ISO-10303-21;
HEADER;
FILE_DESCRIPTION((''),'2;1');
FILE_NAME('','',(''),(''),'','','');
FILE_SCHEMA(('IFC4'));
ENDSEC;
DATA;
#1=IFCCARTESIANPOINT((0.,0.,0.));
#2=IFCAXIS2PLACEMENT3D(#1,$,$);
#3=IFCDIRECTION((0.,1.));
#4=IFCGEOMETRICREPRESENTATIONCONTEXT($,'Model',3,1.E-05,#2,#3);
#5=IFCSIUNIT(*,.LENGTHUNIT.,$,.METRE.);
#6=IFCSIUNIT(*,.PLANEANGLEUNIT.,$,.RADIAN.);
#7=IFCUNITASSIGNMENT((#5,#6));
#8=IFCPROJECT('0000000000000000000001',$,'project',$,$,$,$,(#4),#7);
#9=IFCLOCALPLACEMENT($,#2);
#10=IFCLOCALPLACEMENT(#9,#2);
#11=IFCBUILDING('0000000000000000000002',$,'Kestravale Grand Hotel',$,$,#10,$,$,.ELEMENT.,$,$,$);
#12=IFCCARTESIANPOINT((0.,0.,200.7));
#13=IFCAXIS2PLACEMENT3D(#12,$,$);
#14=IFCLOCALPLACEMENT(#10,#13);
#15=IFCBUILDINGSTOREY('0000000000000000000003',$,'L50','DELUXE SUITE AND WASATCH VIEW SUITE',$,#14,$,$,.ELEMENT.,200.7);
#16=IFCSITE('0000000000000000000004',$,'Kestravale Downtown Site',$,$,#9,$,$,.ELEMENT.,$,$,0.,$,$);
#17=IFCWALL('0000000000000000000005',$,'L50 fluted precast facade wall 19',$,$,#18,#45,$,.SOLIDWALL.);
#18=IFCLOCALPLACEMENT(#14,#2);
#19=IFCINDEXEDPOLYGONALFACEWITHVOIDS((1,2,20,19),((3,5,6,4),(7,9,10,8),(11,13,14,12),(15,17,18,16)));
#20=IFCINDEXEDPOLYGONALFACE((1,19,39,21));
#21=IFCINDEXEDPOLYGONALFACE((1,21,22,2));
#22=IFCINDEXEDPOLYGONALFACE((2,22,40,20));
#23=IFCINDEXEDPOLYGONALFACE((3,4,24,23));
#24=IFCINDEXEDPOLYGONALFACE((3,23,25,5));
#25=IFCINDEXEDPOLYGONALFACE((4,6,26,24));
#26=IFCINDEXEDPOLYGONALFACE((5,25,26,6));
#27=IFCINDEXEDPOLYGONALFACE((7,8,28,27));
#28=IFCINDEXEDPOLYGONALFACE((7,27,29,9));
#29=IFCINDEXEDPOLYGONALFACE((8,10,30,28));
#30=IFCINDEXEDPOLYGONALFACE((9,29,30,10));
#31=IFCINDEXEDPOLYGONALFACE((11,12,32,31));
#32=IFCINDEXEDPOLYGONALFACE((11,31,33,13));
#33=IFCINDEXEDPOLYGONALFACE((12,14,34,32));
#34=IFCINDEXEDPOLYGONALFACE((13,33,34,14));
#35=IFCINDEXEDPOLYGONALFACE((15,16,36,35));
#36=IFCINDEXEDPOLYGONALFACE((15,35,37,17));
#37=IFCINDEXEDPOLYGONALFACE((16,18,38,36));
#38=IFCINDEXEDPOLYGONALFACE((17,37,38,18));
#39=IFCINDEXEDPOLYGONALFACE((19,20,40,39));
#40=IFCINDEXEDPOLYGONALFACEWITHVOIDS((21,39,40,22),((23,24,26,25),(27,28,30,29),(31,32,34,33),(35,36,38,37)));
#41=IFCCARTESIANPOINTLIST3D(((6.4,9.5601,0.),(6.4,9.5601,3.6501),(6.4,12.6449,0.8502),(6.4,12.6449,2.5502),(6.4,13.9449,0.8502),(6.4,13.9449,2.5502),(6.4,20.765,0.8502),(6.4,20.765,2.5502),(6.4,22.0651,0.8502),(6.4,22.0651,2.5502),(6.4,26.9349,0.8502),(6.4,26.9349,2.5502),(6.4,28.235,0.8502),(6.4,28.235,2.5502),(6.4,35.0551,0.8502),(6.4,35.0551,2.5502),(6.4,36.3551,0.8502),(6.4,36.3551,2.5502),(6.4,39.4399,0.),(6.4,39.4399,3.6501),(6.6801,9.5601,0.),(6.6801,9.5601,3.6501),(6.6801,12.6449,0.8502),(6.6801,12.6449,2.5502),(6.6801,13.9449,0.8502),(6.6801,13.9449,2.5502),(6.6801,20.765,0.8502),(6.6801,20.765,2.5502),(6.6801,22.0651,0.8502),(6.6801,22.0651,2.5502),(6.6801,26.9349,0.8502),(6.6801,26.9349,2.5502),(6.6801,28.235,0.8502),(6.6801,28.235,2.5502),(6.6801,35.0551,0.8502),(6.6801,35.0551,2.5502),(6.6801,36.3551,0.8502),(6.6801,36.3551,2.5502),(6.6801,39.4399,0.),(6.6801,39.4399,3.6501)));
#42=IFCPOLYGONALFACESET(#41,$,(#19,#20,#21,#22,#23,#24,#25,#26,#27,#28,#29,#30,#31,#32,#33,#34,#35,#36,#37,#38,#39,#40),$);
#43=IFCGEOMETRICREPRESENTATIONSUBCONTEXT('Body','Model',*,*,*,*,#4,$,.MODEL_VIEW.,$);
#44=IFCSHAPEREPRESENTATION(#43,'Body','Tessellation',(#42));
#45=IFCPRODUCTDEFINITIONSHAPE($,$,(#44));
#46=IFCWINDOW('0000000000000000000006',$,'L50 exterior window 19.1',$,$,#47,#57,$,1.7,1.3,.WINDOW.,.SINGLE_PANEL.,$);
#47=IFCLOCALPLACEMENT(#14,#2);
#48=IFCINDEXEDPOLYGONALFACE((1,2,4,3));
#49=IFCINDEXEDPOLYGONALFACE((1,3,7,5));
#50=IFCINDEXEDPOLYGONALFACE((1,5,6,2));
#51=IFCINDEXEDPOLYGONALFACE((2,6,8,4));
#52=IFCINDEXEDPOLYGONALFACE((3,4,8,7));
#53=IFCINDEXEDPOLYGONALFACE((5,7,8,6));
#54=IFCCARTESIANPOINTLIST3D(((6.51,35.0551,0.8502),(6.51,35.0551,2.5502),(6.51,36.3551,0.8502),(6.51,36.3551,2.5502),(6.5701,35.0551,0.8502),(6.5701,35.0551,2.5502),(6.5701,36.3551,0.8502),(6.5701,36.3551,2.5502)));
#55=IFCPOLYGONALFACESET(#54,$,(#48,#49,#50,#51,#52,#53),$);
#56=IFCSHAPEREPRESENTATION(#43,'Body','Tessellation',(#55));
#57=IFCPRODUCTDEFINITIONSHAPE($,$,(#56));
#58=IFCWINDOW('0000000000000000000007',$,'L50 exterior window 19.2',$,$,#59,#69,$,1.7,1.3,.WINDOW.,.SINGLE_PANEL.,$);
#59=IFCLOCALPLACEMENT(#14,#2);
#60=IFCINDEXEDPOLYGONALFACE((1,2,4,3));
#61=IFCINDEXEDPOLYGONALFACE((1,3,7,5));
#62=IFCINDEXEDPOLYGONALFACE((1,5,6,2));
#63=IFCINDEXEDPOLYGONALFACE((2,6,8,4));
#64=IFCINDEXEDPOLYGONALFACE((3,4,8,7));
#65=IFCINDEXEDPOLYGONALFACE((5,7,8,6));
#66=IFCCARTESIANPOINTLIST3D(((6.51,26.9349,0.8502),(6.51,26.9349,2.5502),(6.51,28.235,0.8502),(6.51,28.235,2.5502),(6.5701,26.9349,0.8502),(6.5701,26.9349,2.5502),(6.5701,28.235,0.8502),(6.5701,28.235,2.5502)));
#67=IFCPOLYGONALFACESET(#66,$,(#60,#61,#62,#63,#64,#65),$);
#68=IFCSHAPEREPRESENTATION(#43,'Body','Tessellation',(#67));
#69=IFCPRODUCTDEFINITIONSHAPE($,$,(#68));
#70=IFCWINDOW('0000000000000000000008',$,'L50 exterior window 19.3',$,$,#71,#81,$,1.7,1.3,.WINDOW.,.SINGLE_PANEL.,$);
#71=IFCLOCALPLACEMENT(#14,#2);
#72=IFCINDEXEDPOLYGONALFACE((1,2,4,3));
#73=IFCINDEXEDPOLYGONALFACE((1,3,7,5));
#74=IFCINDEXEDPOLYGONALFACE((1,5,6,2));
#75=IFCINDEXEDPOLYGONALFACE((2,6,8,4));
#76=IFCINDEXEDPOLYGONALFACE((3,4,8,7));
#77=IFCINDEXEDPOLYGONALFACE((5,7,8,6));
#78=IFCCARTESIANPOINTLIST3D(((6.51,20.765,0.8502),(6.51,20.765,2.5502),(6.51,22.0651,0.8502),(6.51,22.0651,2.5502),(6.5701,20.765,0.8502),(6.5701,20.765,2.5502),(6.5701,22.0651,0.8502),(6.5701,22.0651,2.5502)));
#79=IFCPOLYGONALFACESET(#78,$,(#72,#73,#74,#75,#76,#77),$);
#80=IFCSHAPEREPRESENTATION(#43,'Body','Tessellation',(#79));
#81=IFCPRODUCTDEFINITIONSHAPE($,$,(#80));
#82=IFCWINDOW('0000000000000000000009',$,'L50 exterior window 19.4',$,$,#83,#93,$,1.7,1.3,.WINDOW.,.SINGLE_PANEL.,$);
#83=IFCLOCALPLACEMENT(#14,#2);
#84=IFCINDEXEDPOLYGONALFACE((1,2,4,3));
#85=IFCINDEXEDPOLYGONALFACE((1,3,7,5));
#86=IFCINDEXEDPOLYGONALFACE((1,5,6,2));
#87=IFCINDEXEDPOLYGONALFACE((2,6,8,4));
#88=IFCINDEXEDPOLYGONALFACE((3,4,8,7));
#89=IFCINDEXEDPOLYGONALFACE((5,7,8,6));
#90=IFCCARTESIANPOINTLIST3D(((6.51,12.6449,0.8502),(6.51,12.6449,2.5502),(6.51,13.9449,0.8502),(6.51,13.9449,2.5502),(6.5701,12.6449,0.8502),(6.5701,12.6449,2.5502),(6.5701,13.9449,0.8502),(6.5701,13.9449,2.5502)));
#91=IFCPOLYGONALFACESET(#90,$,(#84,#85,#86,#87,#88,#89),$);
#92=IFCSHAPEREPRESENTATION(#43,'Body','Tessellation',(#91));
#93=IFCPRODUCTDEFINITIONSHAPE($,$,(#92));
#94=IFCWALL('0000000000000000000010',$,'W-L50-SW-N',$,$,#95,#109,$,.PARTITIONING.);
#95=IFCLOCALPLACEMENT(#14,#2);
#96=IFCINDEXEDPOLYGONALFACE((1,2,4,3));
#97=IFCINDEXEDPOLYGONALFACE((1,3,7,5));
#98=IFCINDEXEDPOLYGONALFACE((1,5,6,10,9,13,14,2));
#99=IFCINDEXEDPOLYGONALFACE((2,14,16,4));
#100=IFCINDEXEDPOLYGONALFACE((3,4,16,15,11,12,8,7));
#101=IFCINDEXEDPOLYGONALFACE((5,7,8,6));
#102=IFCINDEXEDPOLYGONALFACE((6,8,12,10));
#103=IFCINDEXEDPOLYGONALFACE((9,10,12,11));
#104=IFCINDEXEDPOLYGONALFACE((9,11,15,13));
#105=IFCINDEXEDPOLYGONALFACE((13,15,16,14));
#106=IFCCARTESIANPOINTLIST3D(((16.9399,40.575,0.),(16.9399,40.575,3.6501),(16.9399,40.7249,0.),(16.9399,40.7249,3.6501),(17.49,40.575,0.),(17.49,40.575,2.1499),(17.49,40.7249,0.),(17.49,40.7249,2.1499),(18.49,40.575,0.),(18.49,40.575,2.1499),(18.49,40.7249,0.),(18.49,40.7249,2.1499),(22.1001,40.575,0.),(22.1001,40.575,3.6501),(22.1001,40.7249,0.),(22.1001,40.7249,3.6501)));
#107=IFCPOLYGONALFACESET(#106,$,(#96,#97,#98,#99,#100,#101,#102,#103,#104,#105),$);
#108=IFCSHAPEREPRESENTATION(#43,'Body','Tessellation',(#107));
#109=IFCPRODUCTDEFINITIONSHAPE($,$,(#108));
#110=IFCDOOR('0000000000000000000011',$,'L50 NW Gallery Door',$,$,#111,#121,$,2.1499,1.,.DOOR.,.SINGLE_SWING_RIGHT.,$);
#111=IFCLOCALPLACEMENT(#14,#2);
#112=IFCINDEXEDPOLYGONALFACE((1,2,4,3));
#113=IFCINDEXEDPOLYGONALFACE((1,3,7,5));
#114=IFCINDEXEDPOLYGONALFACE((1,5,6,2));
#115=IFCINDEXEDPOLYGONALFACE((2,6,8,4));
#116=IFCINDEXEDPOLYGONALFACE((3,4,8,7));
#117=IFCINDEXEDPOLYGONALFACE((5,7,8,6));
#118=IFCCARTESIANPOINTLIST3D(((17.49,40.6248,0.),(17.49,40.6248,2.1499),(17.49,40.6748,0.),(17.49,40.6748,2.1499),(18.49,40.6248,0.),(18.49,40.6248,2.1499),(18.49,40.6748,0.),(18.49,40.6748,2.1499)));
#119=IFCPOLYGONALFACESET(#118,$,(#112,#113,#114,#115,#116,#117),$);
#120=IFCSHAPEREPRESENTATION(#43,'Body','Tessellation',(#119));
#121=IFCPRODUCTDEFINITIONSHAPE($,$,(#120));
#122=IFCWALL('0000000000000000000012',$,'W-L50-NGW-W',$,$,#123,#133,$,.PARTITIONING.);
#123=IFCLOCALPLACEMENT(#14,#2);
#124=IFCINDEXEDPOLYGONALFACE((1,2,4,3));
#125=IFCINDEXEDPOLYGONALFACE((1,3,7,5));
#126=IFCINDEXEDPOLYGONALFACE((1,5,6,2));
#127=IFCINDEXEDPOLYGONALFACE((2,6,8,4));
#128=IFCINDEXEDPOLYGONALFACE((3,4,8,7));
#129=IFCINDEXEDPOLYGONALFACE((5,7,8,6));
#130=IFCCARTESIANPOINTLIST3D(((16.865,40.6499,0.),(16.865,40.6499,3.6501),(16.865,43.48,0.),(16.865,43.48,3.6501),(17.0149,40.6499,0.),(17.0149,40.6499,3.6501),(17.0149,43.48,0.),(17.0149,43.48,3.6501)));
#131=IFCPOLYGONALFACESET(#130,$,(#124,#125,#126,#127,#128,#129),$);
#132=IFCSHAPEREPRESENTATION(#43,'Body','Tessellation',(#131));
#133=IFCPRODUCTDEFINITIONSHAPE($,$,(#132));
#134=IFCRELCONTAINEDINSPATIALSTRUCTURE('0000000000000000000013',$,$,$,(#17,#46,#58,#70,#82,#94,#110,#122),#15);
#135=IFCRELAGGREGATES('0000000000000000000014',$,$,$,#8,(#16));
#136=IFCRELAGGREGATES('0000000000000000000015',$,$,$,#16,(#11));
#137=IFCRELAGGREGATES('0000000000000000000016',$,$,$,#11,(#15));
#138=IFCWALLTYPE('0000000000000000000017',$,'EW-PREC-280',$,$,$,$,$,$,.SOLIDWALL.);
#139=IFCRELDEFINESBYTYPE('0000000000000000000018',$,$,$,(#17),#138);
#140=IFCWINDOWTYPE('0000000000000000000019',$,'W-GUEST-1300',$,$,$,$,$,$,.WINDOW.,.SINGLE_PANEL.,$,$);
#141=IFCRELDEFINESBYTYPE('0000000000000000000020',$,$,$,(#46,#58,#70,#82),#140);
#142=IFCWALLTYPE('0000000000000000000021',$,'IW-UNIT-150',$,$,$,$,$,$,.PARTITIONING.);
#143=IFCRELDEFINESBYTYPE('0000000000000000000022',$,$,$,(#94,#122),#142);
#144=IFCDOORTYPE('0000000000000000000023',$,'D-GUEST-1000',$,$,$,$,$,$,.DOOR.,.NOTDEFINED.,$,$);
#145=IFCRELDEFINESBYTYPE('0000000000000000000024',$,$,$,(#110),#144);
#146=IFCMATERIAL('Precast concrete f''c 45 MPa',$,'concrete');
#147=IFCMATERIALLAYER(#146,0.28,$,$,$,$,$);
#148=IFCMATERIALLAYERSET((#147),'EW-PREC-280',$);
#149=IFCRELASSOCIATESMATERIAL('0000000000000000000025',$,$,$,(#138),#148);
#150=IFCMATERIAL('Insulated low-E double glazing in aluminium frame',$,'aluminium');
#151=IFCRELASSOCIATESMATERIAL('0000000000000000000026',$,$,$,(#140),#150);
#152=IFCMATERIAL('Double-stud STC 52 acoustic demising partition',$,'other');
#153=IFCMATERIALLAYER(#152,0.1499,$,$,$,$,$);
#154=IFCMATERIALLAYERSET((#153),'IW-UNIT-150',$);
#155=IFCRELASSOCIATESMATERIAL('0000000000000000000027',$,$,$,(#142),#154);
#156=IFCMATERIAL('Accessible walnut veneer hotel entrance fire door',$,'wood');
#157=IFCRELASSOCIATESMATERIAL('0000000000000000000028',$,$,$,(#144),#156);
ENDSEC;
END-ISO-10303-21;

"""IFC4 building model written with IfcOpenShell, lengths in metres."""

from ifc_helpers import new_model, si_unit, direction, frame, frame_2d, origin, place, context, subcontext, project, spatial, rectangle, extrude, material, layer, layer_set, type_object, element, fill, save


model = new_model("IFC4")

# Units and contexts
model_context = context("Model", 3, precision=1e-05, world=origin(), true_north=direction((0.0, 1.0)))
body_context = subcontext(model_context, "Body", "Model", "MODEL_VIEW")
ifc_project = project(units=[si_unit("LENGTHUNIT", "METRE"), si_unit("PLANEANGLEUNIT", "RADIAN")], contexts=[model_context])

# Site, building, storey
site_placement = place(None, origin())
site = spatial("IfcSite", under=ifc_project, at=site_placement, Name="Kestravale Downtown Site", CompositionType="ELEMENT", RefElevation=0.0)
building_placement = place(site_placement, origin())
building = spatial("IfcBuilding", under=site, at=building_placement, Name="Kestravale Grand Hotel", CompositionType="ELEMENT")
storey_placement = place(building_placement, frame((0.0, 0.0, 200.7)))
storey = spatial("IfcBuildingStorey", under=building, at=storey_placement, Name="L50", Description="DELUXE SUITE AND WASATCH VIEW SUITE", CompositionType="ELEMENT", Elevation=200.7)

# Wall, openings, windows
ifc_material_1 = material(Name="Precast concrete f'c 45 MPa", Category="concrete")
ifc_layer_1 = layer(ifc_material_1, 0.28)
ifc_layer_set_1 = layer_set([ifc_layer_1], Name="EW-PREC-280")
wall_type_1 = type_object("IfcWallType", Name="EW-PREC-280", PredefinedType="SOLIDWALL", material=ifc_layer_set_1)
wall_1_placement = place(storey_placement, frame((6.54, 39.4399, 0.0), z_axis=(0.0, 0.0, 1.0), x_axis=(0.0, -1.0, 0.0)))
wall_1 = element("IfcWall", 1, at=wall_1_placement, inside=storey, type_object=wall_type_1, Name="L50 fluted precast facade wall 19", PredefinedType="SOLIDWALL", context=body_context, shape_type="SweptSolid", body=[
    extrude(rectangle(XDim=29.8799, YDim=0.28, at=frame_2d((14.9399, 0.0))), origin(), (0.0, 0.0, 1.0), 3.6501),
])
opening_1_placement = place(wall_1_placement, frame((3.085, 0.0, 0.8501)))
opening_1 = element("IfcOpeningElement", 2, at=opening_1_placement, cuts=wall_1, PredefinedType="OPENING", context=body_context, shape_type="SweptSolid", body=[
    extrude(rectangle(XDim=1.3, YDim=1.7, at=frame_2d((0.6499, 0.8501))), frame((0.0, 0.1499, 0.0), z_axis=(0.0, -1.0, 0.0), x_axis=(1.0, 0.0, 0.0)), (0.0, 0.0, 1.0), 0.3),
])
opening_2_placement = place(wall_1_placement, frame((11.2051, 0.0, 0.8501)))
opening_2 = element("IfcOpeningElement", 3, at=opening_2_placement, cuts=wall_1, PredefinedType="OPENING", context=body_context, shape_type="SweptSolid", body=[
    extrude(rectangle(XDim=1.3, YDim=1.7, at=frame_2d((0.6499, 0.8501))), frame((0.0, 0.1499, 0.0), z_axis=(0.0, -1.0, 0.0), x_axis=(1.0, 0.0, 0.0)), (0.0, 0.0, 1.0), 0.3),
])
opening_3_placement = place(wall_1_placement, frame((17.375, 0.0, 0.8501)))
opening_3 = element("IfcOpeningElement", 4, at=opening_3_placement, cuts=wall_1, PredefinedType="OPENING", context=body_context, shape_type="SweptSolid", body=[
    extrude(rectangle(XDim=1.3, YDim=1.7, at=frame_2d((0.6499, 0.8501))), frame((0.0, 0.1499, 0.0), z_axis=(0.0, -1.0, 0.0), x_axis=(1.0, 0.0, 0.0)), (0.0, 0.0, 1.0), 0.3),
])
opening_4_placement = place(wall_1_placement, frame((25.4951, 0.0, 0.8501)))
opening_4 = element("IfcOpeningElement", 5, at=opening_4_placement, cuts=wall_1, PredefinedType="OPENING", context=body_context, shape_type="SweptSolid", body=[
    extrude(rectangle(XDim=1.3, YDim=1.7, at=frame_2d((0.6499, 0.8501))), frame((0.0, 0.1499, 0.0), z_axis=(0.0, -1.0, 0.0), x_axis=(1.0, 0.0, 0.0)), (0.0, 0.0, 1.0), 0.3),
])
ifc_material_2 = material(Name="Insulated low-E double glazing in aluminium frame", Category="aluminium")
window_type = type_object("IfcWindowType", Name="W-GUEST-1300", PartitioningType="SINGLE_PANEL", PredefinedType="WINDOW", material=ifc_material_2)
window_1_placement = place(opening_1_placement, origin())
window_1 = element("IfcWindow", 6, at=window_1_placement, inside=storey, type_object=window_type, Name="L50 exterior window 19.1", OverallHeight=1.7, OverallWidth=1.3, PartitioningType="SINGLE_PANEL", PredefinedType="WINDOW", context=body_context, shape_type="SweptSolid", body=[
    extrude(rectangle(XDim=1.3, YDim=1.7, at=frame_2d((0.6499, 0.8501))), frame((0.0, 0.03, 0.0), z_axis=(0.0, -1.0, 0.0), x_axis=(1.0, 0.0, 0.0)), (0.0, 0.0, 1.0), 0.0601),
])
fill(opening_1, window_1)
window_2_placement = place(opening_2_placement, origin())
window_2 = element("IfcWindow", 7, at=window_2_placement, inside=storey, type_object=window_type, Name="L50 exterior window 19.2", OverallHeight=1.7, OverallWidth=1.3, PartitioningType="SINGLE_PANEL", PredefinedType="WINDOW", context=body_context, shape_type="SweptSolid", body=[
    extrude(rectangle(XDim=1.3, YDim=1.7, at=frame_2d((0.6499, 0.8501))), frame((0.0, 0.03, 0.0), z_axis=(0.0, -1.0, 0.0), x_axis=(1.0, 0.0, 0.0)), (0.0, 0.0, 1.0), 0.0601),
])
fill(opening_2, window_2)
window_3_placement = place(opening_3_placement, origin())
window_3 = element("IfcWindow", 8, at=window_3_placement, inside=storey, type_object=window_type, Name="L50 exterior window 19.3", OverallHeight=1.7, OverallWidth=1.3, PartitioningType="SINGLE_PANEL", PredefinedType="WINDOW", context=body_context, shape_type="SweptSolid", body=[
    extrude(rectangle(XDim=1.3, YDim=1.7, at=frame_2d((0.6499, 0.8501))), frame((0.0, 0.03, 0.0), z_axis=(0.0, -1.0, 0.0), x_axis=(1.0, 0.0, 0.0)), (0.0, 0.0, 1.0), 0.0601),
])
fill(opening_3, window_3)
window_4_placement = place(opening_4_placement, origin())
window_4 = element("IfcWindow", 9, at=window_4_placement, inside=storey, type_object=window_type, Name="L50 exterior window 19.4", OverallHeight=1.7, OverallWidth=1.3, PartitioningType="SINGLE_PANEL", PredefinedType="WINDOW", context=body_context, shape_type="SweptSolid", body=[
    extrude(rectangle(XDim=1.3, YDim=1.7, at=frame_2d((0.6499, 0.8501))), frame((0.0, 0.03, 0.0), z_axis=(0.0, -1.0, 0.0), x_axis=(1.0, 0.0, 0.0)), (0.0, 0.0, 1.0), 0.0601),
])
fill(opening_4, window_4)

# Wall, opening, door
ifc_material_3 = material(Name="Double-stud STC 52 acoustic demising partition", Category="other")
ifc_layer_2 = layer(ifc_material_3, 0.1499)
ifc_layer_set_2 = layer_set([ifc_layer_2], Name="IW-UNIT-150")
wall_type_2 = type_object("IfcWallType", Name="IW-UNIT-150", PredefinedType="PARTITIONING", material=ifc_layer_set_2)
wall_2_placement = place(storey_placement, frame((16.9399, 40.6499, 0.0), z_axis=(0.0, 0.0, 1.0), x_axis=(1.0, 0.0, 0.0)))
wall_2 = element("IfcWall", 10, at=wall_2_placement, inside=storey, type_object=wall_type_2, Name="W-L50-SW-N", PredefinedType="PARTITIONING", context=body_context, shape_type="SweptSolid", body=[
    extrude(rectangle(XDim=5.1602, YDim=0.1499, at=frame_2d((2.5801, 0.0))), origin(), (0.0, 0.0, 1.0), 3.6501),
])
opening_5_placement = place(wall_2_placement, frame((0.55, 0.0, 0.0)))
opening_5 = element("IfcOpeningElement", 11, at=opening_5_placement, cuts=wall_2, PredefinedType="OPENING", context=body_context, shape_type="SweptSolid", body=[
    extrude(rectangle(XDim=1.0, YDim=2.1499, at=frame_2d((0.5, 1.075))), frame((0.0, 0.085, 0.0), z_axis=(0.0, -1.0, 0.0), x_axis=(1.0, 0.0, 0.0)), (0.0, 0.0, 1.0), 0.1699),
])
ifc_material_4 = material(Name="Accessible walnut veneer hotel entrance fire door", Category="wood")
door_type = type_object("IfcDoorType", Name="D-GUEST-1000", OperationType="NOTDEFINED", PredefinedType="DOOR", material=ifc_material_4)
door_placement = place(opening_5_placement, origin())
door = element("IfcDoor", 12, at=door_placement, inside=storey, type_object=door_type, Name="L50 NW Gallery Door", OperationType="SINGLE_SWING_RIGHT", OverallHeight=2.1499, OverallWidth=1.0, PredefinedType="DOOR", context=body_context, shape_type="SweptSolid", body=[
    extrude(rectangle(XDim=1.0, YDim=2.1499, at=frame_2d((0.5, 1.075))), frame((0.0, 0.0249, 0.0), z_axis=(0.0, -1.0, 0.0), x_axis=(1.0, 0.0, 0.0)), (0.0, 0.0, 1.0), 0.05),
])
fill(opening_5, door)

# Wall
wall_3_placement = place(storey_placement, frame((16.9399, 40.6499, 0.0), z_axis=(0.0, 0.0, 1.0), x_axis=(0.0, 1.0, 0.0)))
element("IfcWall", 13, at=wall_3_placement, inside=storey, type_object=wall_type_2, Name="W-L50-NGW-W", PredefinedType="PARTITIONING", context=body_context, shape_type="SweptSolid", body=[
    extrude(rectangle(XDim=2.8301, YDim=0.1499, at=frame_2d((1.415, 0.0))), origin(), (0.0, 0.0, 1.0), 3.6501),
])

save(model, "model.ifc")
